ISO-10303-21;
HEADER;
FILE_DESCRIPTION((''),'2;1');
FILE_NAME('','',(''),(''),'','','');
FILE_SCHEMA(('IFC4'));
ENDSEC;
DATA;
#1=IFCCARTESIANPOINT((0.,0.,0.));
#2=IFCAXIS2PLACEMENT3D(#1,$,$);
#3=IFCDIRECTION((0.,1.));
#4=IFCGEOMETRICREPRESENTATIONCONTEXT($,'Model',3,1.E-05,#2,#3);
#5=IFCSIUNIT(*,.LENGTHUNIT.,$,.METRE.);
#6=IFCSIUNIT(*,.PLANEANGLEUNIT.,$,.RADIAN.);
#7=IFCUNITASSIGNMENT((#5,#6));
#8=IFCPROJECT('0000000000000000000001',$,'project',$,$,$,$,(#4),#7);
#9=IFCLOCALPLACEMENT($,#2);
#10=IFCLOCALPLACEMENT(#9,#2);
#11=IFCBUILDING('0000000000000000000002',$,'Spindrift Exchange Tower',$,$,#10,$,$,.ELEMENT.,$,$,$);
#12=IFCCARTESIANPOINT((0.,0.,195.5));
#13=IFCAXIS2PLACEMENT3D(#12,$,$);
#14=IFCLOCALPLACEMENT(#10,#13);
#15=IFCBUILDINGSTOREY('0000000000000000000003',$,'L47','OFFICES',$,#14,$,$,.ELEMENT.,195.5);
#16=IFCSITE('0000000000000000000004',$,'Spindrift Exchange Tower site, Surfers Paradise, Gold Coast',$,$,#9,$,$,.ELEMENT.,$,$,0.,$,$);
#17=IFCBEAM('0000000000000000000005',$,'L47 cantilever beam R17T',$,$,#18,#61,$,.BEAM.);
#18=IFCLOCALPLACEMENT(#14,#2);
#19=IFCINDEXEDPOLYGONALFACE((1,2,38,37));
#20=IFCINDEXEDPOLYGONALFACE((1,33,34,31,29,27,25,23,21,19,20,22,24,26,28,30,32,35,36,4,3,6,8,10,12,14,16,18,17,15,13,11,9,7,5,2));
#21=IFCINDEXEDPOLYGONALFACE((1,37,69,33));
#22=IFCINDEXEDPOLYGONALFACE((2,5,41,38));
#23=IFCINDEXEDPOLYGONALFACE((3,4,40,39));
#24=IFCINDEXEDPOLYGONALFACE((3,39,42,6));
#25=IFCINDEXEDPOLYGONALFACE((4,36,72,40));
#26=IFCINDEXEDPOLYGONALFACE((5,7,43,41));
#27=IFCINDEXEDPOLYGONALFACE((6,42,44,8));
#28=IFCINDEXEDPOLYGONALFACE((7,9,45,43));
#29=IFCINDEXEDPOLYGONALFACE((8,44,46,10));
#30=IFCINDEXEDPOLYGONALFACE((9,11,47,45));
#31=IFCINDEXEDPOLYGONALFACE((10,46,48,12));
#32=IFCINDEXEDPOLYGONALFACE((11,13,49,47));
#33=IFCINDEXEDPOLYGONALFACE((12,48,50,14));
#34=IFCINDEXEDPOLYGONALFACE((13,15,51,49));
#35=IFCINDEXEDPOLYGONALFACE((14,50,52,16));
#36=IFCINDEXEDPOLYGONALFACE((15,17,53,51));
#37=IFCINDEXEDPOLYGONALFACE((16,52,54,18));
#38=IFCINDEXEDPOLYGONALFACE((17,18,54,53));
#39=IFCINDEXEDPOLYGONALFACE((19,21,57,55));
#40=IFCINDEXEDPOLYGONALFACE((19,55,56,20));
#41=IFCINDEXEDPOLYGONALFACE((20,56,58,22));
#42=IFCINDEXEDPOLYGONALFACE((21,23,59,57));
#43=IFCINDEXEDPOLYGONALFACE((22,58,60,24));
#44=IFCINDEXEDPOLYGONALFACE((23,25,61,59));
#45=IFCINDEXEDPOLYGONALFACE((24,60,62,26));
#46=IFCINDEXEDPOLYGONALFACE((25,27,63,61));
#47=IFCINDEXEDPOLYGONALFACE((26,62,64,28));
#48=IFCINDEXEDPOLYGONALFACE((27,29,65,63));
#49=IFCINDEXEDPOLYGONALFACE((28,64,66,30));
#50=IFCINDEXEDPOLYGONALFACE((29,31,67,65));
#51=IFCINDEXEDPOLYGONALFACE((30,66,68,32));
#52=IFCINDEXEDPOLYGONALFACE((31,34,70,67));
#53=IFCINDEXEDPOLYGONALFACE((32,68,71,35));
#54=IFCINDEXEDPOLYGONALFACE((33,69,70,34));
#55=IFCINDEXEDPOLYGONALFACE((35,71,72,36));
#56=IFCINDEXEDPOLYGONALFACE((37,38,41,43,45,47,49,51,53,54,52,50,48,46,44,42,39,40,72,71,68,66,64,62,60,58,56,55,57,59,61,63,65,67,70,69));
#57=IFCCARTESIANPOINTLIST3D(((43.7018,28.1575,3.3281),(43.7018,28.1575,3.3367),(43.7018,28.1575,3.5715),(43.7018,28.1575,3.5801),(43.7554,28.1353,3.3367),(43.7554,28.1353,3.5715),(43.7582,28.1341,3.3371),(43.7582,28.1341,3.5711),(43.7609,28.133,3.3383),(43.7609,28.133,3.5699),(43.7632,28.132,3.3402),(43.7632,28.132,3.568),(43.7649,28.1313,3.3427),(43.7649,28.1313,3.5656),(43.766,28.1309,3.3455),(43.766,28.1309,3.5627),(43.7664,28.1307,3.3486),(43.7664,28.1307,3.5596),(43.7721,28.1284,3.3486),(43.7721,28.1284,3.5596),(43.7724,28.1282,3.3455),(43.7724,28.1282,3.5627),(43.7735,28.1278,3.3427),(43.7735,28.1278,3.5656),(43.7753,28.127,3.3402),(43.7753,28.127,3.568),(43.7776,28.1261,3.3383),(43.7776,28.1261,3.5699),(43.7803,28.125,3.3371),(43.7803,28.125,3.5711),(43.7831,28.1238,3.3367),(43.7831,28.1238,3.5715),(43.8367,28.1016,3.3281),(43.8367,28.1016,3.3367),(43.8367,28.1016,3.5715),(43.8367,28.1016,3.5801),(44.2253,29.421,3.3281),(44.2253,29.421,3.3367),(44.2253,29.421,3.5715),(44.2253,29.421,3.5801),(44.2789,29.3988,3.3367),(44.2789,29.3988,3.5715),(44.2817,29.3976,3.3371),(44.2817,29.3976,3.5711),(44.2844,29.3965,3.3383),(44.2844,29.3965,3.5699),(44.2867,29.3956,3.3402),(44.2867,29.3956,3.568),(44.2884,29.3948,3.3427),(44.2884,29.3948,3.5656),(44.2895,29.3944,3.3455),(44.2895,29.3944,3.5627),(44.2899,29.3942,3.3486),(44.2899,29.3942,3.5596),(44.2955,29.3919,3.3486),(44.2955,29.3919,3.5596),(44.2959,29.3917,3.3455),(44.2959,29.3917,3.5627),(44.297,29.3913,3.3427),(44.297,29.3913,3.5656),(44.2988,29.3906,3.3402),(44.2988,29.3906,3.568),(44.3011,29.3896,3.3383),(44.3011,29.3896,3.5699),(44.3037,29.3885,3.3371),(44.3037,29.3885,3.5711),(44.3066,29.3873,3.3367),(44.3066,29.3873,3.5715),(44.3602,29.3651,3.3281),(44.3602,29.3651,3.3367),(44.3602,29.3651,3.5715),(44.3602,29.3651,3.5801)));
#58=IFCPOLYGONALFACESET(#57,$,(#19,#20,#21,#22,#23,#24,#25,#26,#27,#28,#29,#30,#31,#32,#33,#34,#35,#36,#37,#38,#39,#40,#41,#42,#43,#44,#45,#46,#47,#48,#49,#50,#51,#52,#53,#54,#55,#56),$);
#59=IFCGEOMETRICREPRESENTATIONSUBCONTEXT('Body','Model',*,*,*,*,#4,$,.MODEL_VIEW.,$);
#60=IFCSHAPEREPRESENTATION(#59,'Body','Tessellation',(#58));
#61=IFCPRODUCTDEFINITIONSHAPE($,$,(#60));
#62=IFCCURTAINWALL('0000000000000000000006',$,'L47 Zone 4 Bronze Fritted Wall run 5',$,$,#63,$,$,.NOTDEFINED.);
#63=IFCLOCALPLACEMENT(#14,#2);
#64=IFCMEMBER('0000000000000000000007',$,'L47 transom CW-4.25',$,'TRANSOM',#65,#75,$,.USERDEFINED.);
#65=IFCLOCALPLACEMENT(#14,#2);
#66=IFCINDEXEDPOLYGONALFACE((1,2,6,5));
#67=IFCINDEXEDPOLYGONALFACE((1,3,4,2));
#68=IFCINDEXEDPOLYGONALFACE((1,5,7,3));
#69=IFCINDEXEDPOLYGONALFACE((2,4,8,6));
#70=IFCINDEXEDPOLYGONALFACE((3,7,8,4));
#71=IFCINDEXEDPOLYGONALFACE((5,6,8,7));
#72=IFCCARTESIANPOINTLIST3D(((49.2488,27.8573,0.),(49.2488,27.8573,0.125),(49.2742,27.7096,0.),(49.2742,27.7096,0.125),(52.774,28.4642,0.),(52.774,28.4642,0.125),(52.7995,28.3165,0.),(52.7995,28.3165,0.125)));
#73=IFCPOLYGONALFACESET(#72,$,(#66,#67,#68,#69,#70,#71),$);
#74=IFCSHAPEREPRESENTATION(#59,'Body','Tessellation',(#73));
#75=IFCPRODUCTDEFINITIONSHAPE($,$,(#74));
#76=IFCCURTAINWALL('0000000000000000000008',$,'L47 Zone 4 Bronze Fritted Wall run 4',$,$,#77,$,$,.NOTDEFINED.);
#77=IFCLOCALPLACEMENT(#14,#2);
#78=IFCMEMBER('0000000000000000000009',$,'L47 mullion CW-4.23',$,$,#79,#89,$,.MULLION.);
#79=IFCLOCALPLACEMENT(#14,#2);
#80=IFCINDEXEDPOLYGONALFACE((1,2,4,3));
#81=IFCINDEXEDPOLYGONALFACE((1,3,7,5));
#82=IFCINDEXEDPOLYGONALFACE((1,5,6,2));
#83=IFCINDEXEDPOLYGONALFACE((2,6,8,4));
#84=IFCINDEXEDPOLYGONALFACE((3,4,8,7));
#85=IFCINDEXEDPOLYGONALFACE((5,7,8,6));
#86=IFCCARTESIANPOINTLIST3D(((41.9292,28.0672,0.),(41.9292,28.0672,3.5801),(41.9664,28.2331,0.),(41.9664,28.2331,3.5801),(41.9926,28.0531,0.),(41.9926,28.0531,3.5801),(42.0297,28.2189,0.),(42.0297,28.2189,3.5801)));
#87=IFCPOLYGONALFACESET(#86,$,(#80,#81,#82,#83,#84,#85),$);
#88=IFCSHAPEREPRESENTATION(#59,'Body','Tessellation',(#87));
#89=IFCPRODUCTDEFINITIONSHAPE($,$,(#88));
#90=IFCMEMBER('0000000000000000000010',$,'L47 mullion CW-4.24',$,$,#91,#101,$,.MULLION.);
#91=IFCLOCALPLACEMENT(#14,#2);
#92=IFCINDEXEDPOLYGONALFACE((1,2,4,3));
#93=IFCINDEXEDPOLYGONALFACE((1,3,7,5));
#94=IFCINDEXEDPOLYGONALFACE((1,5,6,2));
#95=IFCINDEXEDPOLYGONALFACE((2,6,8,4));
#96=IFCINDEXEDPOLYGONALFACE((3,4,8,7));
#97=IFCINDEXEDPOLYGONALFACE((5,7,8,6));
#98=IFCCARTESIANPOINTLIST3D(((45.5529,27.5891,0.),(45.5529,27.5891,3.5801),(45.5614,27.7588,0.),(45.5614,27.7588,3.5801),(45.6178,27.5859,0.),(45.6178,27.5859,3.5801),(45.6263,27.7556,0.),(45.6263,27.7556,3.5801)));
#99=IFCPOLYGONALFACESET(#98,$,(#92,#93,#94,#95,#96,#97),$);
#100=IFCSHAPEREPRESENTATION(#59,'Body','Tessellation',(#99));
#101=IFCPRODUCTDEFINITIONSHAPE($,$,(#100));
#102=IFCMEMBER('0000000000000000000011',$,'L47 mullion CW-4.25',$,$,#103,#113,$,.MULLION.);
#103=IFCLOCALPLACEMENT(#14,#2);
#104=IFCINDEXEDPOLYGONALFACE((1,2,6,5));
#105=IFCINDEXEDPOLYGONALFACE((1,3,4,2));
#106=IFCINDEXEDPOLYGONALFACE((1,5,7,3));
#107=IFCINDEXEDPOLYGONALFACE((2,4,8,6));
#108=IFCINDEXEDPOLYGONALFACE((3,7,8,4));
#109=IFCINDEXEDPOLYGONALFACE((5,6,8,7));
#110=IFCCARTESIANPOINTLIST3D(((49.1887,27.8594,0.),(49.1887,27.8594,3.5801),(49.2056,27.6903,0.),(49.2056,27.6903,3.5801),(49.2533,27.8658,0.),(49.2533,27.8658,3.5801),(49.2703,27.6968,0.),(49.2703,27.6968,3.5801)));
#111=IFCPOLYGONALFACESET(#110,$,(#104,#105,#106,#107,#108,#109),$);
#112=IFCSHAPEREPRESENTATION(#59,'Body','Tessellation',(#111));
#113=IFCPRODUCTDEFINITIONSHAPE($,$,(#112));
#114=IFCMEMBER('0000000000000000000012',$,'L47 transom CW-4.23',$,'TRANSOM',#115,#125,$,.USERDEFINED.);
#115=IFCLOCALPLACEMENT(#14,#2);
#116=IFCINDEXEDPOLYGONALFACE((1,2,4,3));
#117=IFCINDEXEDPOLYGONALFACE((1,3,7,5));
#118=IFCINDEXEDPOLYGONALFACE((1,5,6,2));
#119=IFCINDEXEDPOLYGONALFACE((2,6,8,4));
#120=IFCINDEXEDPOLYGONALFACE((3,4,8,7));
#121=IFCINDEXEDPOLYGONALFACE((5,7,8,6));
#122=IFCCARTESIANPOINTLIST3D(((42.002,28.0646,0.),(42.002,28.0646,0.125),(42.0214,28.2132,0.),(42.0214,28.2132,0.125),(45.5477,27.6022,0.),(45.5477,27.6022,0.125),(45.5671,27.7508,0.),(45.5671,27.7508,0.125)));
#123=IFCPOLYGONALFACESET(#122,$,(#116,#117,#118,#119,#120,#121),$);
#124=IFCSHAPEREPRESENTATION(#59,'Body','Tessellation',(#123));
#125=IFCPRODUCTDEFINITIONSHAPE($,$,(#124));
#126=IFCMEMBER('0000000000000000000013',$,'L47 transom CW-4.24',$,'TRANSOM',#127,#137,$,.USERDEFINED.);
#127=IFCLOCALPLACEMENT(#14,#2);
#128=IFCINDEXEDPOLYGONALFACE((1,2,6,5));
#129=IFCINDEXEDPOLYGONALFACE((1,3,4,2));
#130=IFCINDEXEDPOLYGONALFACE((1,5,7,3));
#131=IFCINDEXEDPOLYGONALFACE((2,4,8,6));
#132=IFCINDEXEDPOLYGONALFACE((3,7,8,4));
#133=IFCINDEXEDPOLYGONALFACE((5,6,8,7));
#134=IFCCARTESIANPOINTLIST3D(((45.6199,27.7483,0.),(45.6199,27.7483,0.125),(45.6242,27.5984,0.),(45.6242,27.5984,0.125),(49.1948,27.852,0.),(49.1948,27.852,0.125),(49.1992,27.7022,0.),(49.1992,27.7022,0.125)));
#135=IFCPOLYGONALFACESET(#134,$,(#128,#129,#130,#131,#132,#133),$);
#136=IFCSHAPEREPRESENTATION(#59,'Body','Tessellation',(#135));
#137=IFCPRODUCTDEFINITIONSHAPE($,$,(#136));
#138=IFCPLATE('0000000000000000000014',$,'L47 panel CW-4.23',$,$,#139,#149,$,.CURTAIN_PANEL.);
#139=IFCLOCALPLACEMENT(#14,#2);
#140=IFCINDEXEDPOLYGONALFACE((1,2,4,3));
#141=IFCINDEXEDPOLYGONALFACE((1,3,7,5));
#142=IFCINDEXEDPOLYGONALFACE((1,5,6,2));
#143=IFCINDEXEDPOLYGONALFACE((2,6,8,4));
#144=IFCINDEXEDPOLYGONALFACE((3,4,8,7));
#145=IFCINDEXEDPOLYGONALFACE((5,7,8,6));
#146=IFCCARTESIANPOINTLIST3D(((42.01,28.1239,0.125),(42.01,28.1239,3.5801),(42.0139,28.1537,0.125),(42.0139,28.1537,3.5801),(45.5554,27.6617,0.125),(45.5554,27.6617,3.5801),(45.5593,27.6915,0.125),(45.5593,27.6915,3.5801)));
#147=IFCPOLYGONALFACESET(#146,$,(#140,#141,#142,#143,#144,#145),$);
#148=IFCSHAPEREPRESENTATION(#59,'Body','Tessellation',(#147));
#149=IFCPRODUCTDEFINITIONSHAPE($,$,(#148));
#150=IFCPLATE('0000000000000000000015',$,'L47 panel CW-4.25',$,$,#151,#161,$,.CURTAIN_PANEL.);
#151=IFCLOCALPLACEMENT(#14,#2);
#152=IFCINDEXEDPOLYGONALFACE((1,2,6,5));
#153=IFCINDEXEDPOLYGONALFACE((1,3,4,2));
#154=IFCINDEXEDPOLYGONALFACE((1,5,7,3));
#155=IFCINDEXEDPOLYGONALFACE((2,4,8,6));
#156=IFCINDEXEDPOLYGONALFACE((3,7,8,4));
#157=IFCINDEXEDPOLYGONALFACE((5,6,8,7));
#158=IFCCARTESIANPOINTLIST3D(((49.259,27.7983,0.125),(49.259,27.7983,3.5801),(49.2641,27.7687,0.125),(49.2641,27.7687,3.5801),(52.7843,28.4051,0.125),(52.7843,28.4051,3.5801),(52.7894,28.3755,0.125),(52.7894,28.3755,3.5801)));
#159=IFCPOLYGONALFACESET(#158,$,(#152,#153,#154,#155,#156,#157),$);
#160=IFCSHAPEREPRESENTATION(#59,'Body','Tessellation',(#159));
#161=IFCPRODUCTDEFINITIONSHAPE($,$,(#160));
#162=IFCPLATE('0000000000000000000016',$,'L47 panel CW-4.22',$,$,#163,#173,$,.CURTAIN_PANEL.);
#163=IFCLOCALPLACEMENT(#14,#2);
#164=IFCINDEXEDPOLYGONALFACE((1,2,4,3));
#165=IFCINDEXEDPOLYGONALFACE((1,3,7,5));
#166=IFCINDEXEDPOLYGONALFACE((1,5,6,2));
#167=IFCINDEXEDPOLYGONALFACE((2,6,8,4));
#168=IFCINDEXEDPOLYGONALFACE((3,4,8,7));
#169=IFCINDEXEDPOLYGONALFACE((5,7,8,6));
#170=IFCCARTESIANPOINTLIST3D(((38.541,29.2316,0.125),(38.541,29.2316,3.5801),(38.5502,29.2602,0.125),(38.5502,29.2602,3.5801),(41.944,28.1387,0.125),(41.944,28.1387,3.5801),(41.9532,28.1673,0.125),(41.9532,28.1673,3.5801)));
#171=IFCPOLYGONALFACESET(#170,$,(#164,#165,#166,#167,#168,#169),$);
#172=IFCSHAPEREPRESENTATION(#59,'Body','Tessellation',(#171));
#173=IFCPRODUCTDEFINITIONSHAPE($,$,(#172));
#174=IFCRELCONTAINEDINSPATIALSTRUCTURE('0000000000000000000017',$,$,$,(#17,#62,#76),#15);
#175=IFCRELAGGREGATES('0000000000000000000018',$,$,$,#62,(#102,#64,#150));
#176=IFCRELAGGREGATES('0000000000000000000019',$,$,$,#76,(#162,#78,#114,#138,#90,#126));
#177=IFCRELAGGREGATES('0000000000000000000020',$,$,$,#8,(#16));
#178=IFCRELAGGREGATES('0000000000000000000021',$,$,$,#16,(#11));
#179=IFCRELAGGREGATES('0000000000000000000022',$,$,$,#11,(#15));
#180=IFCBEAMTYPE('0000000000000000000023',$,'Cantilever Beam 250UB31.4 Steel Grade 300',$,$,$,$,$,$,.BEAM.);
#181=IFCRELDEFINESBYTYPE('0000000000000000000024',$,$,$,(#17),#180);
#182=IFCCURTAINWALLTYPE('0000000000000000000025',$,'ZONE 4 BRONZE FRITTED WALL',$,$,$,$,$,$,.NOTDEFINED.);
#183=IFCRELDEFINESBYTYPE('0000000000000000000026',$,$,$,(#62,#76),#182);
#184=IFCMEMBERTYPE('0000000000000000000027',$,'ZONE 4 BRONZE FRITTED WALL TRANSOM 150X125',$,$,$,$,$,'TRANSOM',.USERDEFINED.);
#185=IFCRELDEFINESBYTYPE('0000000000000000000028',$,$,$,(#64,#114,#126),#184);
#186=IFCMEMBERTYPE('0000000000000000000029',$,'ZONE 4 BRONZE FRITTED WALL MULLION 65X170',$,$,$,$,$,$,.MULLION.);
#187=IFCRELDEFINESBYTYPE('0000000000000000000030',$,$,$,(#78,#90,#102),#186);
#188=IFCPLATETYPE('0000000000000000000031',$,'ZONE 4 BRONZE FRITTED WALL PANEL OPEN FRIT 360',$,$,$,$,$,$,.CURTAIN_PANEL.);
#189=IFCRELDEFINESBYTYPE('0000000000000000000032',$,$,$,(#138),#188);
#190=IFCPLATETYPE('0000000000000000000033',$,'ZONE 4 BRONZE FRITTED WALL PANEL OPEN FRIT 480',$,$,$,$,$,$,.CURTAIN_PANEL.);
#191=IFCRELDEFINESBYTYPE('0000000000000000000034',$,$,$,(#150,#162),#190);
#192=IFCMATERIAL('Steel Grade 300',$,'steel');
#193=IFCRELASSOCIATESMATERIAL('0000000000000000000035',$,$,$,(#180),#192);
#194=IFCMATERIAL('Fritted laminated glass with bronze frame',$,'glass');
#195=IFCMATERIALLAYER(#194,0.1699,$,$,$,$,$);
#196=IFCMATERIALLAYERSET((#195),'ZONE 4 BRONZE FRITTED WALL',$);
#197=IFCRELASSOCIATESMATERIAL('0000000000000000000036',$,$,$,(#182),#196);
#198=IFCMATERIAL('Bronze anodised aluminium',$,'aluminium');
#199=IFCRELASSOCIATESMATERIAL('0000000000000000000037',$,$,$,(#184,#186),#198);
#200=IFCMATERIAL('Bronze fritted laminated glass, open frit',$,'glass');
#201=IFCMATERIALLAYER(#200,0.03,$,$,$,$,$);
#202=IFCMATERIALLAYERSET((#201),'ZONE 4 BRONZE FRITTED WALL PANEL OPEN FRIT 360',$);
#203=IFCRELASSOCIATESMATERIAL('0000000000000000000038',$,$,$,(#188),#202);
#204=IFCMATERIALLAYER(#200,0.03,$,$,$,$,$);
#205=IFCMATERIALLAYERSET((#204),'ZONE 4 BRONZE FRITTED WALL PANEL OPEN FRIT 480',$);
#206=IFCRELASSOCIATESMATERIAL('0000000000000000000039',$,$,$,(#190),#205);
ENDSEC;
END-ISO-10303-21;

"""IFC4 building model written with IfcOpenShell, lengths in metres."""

from ifc_helpers import new_model, si_unit, direction, frame, origin, origin_2d, place, context, subcontext, project, spatial, rectangle, i_section, extrude, source, transform, mapped, material, layer, layer_set, material_profile, profile_set, type_object, element, aggregate, save


model = new_model("IFC4")

# Units and contexts
model_context = context("Model", 3, precision=1e-05, world=origin(), true_north=direction((0.0, 1.0)))
body_context = subcontext(model_context, "Body", "Model", "MODEL_VIEW")
ifc_project = project(units=[si_unit("LENGTHUNIT", "METRE"), si_unit("PLANEANGLEUNIT", "RADIAN")], contexts=[model_context])

# Site, building, storey
site_placement = place(None, origin())
site = spatial("IfcSite", under=ifc_project, at=site_placement, Name="Spindrift Exchange Tower site, Surfers Paradise, Gold Coast", CompositionType="ELEMENT", RefElevation=0.0)
building_placement = place(site_placement, origin())
building = spatial("IfcBuilding", under=site, at=building_placement, Name="Spindrift Exchange Tower", CompositionType="ELEMENT")
storey_placement = place(building_placement, frame((0.0, 0.0, 195.5)))
storey = spatial("IfcBuildingStorey", under=building, at=storey_placement, Name="L47", Description="OFFICES", CompositionType="ELEMENT", Elevation=195.5)

# Beam
ifc_material_1 = material(Name="Steel Grade 300", Category="steel")
ifc_material_profile_1 = material_profile(ifc_material_1, i_section(OverallWidth=0.146, OverallDepth=0.252, WebThickness=0.0061, FlangeThickness=0.0085, FilletRadius=0.012, at=origin_2d()), Name="250UB31.4")
ifc_profile_set_1 = profile_set([ifc_material_profile_1], Name="Steel Grade 300")
beam_type_1 = type_object("IfcBeamType", Name="Cantilever Beam 250UB31.4 Steel Grade 300", PredefinedType="BEAM", material=ifc_profile_set_1)
shared_shape_1 = source(origin(), body_context, "Body", "SweptSolid", [
    extrude(i_section(OverallWidth=0.146, OverallDepth=0.252, WebThickness=0.0061, FlangeThickness=0.0085, FilletRadius=0.012, at=origin_2d()), origin(), (0.0, 0.0, 1.0), 1.3677),
])
beam_1_placement = place(storey_placement, frame((44.2927, 29.3931, 3.4541), z_axis=(-0.382751, -0.923851, 0.0), x_axis=(0.923851, -0.382751, 0.0)))
element("IfcBeam", 1, at=beam_1_placement, inside=storey, type_object=beam_type_1, Name="L47 cantilever beam R17T", PredefinedType="BEAM", context=body_context, shape_type="MappedRepresentation", body=[
    mapped(shared_shape_1, transform((0.0, 0.0, 0.0), scale=1.0)),
])

# Curtain wall, member
ifc_material_2 = material(Name="Fritted laminated glass with bronze frame", Category="glass")
ifc_layer_1 = layer(ifc_material_2, 0.1699)
ifc_layer_set_1 = layer_set([ifc_layer_1], Name="ZONE 4 BRONZE FRITTED WALL")
curtain_wall_type = type_object("IfcCurtainWallType", Name="ZONE 4 BRONZE FRITTED WALL", PredefinedType="NOTDEFINED", material=ifc_layer_set_1)
curtain_wall_1_placement = place(storey_placement, origin())
curtain_wall_1 = element("IfcCurtainWall", 2, at=curtain_wall_1_placement, inside=storey, type_object=curtain_wall_type, Name="L47 Zone 4 Bronze Fritted Wall run 5", PredefinedType="NOTDEFINED")
ifc_material_3 = material(Name="Bronze anodised aluminium", Category="aluminium")
ifc_material_profile_2 = material_profile(ifc_material_3, rectangle(XDim=0.1499, YDim=0.125, at=origin_2d()), Name="ZONE 4 BRONZE FRITTED WALL TRANSOM 150X125")
ifc_profile_set_2 = profile_set([ifc_material_profile_2], Name="Bronze anodised aluminium")
member_type_1 = type_object("IfcMemberType", Name="ZONE 4 BRONZE FRITTED WALL TRANSOM 150X125", ElementType="TRANSOM", PredefinedType="USERDEFINED", material=ifc_profile_set_2)
shared_shape_2 = source(origin(), body_context, "Body", "SweptSolid", [
    extrude(rectangle(XDim=0.1499, YDim=0.125, at=origin_2d()), origin(), (0.0, 0.0, 1.0), 3.5771),
])
member_1_placement = place(storey_placement, frame((49.2615, 27.7834, 0.0625), z_axis=(0.985502, 0.169665, 0.0), x_axis=(-0.169665, 0.985502, 0.0)))
member_1 = element("IfcMember", 3, at=member_1_placement, type_object=member_type_1, Name="L47 transom CW-4.25", ObjectType="TRANSOM", PredefinedType="USERDEFINED", context=body_context, shape_type="MappedRepresentation", body=[
    mapped(shared_shape_2, transform((0.0, 0.0, 0.0), scale=1.0)),
])

# Curtain wall, members
curtain_wall_2_placement = place(storey_placement, origin())
curtain_wall_2 = element("IfcCurtainWall", 4, at=curtain_wall_2_placement, inside=storey, type_object=curtain_wall_type, Name="L47 Zone 4 Bronze Fritted Wall run 4", PredefinedType="NOTDEFINED")
ifc_material_profile_3 = material_profile(ifc_material_3, rectangle(XDim=0.0649, YDim=0.1699, at=origin_2d()), Name="ZONE 4 BRONZE FRITTED WALL MULLION 65X170")
ifc_profile_set_3 = profile_set([ifc_material_profile_3], Name="Bronze anodised aluminium")
member_type_2 = type_object("IfcMemberType", Name="ZONE 4 BRONZE FRITTED WALL MULLION 65X170", PredefinedType="MULLION", material=ifc_profile_set_3)
shared_shape_3 = source(origin(), body_context, "Body", "SweptSolid", [
    extrude(rectangle(XDim=0.0649, YDim=0.1699, at=origin_2d()), origin(), (0.0, 0.0, 1.0), 3.5801),
])
member_2_placement = place(storey_placement, frame((41.9795, 28.1431, 0.0), z_axis=(0.0, 0.0, 1.0), x_axis=(0.975855, -0.218419, 0.0)))
member_2 = element("IfcMember", 5, at=member_2_placement, type_object=member_type_2, Name="L47 mullion CW-4.23", PredefinedType="MULLION", context=body_context, shape_type="MappedRepresentation", body=[
    mapped(shared_shape_3, transform((0.0, 0.0, 0.0), scale=1.0)),
])
member_3_placement = place(storey_placement, frame((45.5896, 27.6724, 0.0), z_axis=(0.0, 0.0, 1.0), x_axis=(0.998735, -0.050292, 0.0)))
member_3 = element("IfcMember", 6, at=member_3_placement, type_object=member_type_2, Name="L47 mullion CW-4.24", PredefinedType="MULLION", context=body_context, shape_type="MappedRepresentation", body=[
    mapped(shared_shape_3, transform((0.0, 0.0, 0.0), scale=1.0)),
])

# Members
member_4_placement = place(storey_placement, frame((49.2295, 27.7781, 0.0), z_axis=(0.0, 0.0, 1.0), x_axis=(0.99503, 0.099574, 0.0)))
member_4 = element("IfcMember", 7, at=member_4_placement, type_object=member_type_2, Name="L47 mullion CW-4.25", PredefinedType="MULLION", context=body_context, shape_type="MappedRepresentation", body=[
    mapped(shared_shape_3, transform((0.0, 0.0, 0.0), scale=1.0)),
])
shared_shape_4 = source(origin(), body_context, "Body", "SweptSolid", [
    extrude(rectangle(XDim=0.1499, YDim=0.125, at=origin_2d()), origin(), (0.0, 0.0, 1.0), 3.5757),
])
member_5_placement = place(storey_placement, frame((42.0117, 28.1389, 0.0625), z_axis=(0.991603, -0.129319, 0.0), x_axis=(0.129319, 0.991603, 0.0)))
member_5 = element("IfcMember", 8, at=member_5_placement, type_object=member_type_1, Name="L47 transom CW-4.23", ObjectType="TRANSOM", PredefinedType="USERDEFINED", context=body_context, shape_type="MappedRepresentation", body=[
    mapped(shared_shape_4, transform((0.0, 0.0, 0.0), scale=1.0)),
])
shared_shape_5 = source(origin(), body_context, "Body", "SweptSolid", [
    extrude(rectangle(XDim=0.1499, YDim=0.125, at=origin_2d()), origin(), (0.0, 0.0, 1.0), 3.5764),
])
member_6_placement = place(storey_placement, frame((45.6221, 27.6733, 0.0625), z_axis=(0.999579, 0.029012, 0.0), x_axis=(-0.029012, 0.999579, 0.0)))
member_6 = element("IfcMember", 9, at=member_6_placement, type_object=member_type_1, Name="L47 transom CW-4.24", ObjectType="TRANSOM", PredefinedType="USERDEFINED", context=body_context, shape_type="MappedRepresentation", body=[
    mapped(shared_shape_5, transform((0.0, 0.0, 0.0), scale=1.0)),
])

# Plates
ifc_material_4 = material(Name="Bronze fritted laminated glass, open frit", Category="glass")
ifc_layer_2 = layer(ifc_material_4, 0.03)
ifc_layer_set_2 = layer_set([ifc_layer_2], Name="ZONE 4 BRONZE FRITTED WALL PANEL OPEN FRIT 360")
plate_type_1 = type_object("IfcPlateType", Name="ZONE 4 BRONZE FRITTED WALL PANEL OPEN FRIT 360", PredefinedType="CURTAIN_PANEL", material=ifc_layer_set_2)
shared_shape_6 = source(origin(), body_context, "Body", "SweptSolid", [
    extrude(rectangle(XDim=3.5754, YDim=0.03, at=origin_2d()), origin(), (0.0, 0.0, 1.0), 3.4551),
])
plate_1_placement = place(storey_placement, frame((43.7847, 27.9077, 0.125), z_axis=(0.0, 0.0, 1.0), x_axis=(0.99161, -0.129266, 0.0)))
plate_1 = element("IfcPlate", 10, at=plate_1_placement, type_object=plate_type_1, Name="L47 panel CW-4.23", PredefinedType="CURTAIN_PANEL", context=body_context, shape_type="MappedRepresentation", body=[
    mapped(shared_shape_6, transform((0.0, 0.0, 0.0), scale=1.0)),
])
ifc_layer_3 = layer(ifc_material_4, 0.03)
ifc_layer_set_3 = layer_set([ifc_layer_3], Name="ZONE 4 BRONZE FRITTED WALL PANEL OPEN FRIT 480")
plate_type_2 = type_object("IfcPlateType", Name="ZONE 4 BRONZE FRITTED WALL PANEL OPEN FRIT 480", PredefinedType="CURTAIN_PANEL", material=ifc_layer_set_3)
shared_shape_7 = source(origin(), body_context, "Body", "SweptSolid", [
    extrude(rectangle(XDim=3.5771, YDim=0.03, at=origin_2d()), origin(), (0.0, 0.0, 1.0), 3.4551),
])
plate_2_placement = place(storey_placement, frame((51.0242, 28.0869, 0.125), z_axis=(0.0, 0.0, 1.0), x_axis=(0.985504, 0.169651, 0.0)))
plate_2 = element("IfcPlate", 11, at=plate_2_placement, type_object=plate_type_2, Name="L47 panel CW-4.25", PredefinedType="CURTAIN_PANEL", context=body_context, shape_type="MappedRepresentation", body=[
    mapped(shared_shape_7, transform((0.0, 0.0, 0.0), scale=1.0)),
])
aggregate(curtain_wall_1, [member_4, member_1, plate_2])
shared_shape_8 = source(origin(), body_context, "Body", "SweptSolid", [
    extrude(rectangle(XDim=3.5742, YDim=0.03, at=origin_2d()), origin(), (0.0, 0.0, 1.0), 3.4551),
])
plate_3_placement = place(storey_placement, frame((40.2471, 28.6995, 0.125), z_axis=(0.0, 0.0, 1.0), x_axis=(0.952102, -0.30578, 0.0)))
plate_3 = element("IfcPlate", 12, at=plate_3_placement, type_object=plate_type_2, Name="L47 panel CW-4.22", PredefinedType="CURTAIN_PANEL", context=body_context, shape_type="MappedRepresentation", body=[
    mapped(shared_shape_8, transform((0.0, 0.0, 0.0), scale=1.0)),
])
aggregate(curtain_wall_2, [plate_3, member_2, member_5, plate_1, member_3, member_6])

save(model, "model.ifc")
